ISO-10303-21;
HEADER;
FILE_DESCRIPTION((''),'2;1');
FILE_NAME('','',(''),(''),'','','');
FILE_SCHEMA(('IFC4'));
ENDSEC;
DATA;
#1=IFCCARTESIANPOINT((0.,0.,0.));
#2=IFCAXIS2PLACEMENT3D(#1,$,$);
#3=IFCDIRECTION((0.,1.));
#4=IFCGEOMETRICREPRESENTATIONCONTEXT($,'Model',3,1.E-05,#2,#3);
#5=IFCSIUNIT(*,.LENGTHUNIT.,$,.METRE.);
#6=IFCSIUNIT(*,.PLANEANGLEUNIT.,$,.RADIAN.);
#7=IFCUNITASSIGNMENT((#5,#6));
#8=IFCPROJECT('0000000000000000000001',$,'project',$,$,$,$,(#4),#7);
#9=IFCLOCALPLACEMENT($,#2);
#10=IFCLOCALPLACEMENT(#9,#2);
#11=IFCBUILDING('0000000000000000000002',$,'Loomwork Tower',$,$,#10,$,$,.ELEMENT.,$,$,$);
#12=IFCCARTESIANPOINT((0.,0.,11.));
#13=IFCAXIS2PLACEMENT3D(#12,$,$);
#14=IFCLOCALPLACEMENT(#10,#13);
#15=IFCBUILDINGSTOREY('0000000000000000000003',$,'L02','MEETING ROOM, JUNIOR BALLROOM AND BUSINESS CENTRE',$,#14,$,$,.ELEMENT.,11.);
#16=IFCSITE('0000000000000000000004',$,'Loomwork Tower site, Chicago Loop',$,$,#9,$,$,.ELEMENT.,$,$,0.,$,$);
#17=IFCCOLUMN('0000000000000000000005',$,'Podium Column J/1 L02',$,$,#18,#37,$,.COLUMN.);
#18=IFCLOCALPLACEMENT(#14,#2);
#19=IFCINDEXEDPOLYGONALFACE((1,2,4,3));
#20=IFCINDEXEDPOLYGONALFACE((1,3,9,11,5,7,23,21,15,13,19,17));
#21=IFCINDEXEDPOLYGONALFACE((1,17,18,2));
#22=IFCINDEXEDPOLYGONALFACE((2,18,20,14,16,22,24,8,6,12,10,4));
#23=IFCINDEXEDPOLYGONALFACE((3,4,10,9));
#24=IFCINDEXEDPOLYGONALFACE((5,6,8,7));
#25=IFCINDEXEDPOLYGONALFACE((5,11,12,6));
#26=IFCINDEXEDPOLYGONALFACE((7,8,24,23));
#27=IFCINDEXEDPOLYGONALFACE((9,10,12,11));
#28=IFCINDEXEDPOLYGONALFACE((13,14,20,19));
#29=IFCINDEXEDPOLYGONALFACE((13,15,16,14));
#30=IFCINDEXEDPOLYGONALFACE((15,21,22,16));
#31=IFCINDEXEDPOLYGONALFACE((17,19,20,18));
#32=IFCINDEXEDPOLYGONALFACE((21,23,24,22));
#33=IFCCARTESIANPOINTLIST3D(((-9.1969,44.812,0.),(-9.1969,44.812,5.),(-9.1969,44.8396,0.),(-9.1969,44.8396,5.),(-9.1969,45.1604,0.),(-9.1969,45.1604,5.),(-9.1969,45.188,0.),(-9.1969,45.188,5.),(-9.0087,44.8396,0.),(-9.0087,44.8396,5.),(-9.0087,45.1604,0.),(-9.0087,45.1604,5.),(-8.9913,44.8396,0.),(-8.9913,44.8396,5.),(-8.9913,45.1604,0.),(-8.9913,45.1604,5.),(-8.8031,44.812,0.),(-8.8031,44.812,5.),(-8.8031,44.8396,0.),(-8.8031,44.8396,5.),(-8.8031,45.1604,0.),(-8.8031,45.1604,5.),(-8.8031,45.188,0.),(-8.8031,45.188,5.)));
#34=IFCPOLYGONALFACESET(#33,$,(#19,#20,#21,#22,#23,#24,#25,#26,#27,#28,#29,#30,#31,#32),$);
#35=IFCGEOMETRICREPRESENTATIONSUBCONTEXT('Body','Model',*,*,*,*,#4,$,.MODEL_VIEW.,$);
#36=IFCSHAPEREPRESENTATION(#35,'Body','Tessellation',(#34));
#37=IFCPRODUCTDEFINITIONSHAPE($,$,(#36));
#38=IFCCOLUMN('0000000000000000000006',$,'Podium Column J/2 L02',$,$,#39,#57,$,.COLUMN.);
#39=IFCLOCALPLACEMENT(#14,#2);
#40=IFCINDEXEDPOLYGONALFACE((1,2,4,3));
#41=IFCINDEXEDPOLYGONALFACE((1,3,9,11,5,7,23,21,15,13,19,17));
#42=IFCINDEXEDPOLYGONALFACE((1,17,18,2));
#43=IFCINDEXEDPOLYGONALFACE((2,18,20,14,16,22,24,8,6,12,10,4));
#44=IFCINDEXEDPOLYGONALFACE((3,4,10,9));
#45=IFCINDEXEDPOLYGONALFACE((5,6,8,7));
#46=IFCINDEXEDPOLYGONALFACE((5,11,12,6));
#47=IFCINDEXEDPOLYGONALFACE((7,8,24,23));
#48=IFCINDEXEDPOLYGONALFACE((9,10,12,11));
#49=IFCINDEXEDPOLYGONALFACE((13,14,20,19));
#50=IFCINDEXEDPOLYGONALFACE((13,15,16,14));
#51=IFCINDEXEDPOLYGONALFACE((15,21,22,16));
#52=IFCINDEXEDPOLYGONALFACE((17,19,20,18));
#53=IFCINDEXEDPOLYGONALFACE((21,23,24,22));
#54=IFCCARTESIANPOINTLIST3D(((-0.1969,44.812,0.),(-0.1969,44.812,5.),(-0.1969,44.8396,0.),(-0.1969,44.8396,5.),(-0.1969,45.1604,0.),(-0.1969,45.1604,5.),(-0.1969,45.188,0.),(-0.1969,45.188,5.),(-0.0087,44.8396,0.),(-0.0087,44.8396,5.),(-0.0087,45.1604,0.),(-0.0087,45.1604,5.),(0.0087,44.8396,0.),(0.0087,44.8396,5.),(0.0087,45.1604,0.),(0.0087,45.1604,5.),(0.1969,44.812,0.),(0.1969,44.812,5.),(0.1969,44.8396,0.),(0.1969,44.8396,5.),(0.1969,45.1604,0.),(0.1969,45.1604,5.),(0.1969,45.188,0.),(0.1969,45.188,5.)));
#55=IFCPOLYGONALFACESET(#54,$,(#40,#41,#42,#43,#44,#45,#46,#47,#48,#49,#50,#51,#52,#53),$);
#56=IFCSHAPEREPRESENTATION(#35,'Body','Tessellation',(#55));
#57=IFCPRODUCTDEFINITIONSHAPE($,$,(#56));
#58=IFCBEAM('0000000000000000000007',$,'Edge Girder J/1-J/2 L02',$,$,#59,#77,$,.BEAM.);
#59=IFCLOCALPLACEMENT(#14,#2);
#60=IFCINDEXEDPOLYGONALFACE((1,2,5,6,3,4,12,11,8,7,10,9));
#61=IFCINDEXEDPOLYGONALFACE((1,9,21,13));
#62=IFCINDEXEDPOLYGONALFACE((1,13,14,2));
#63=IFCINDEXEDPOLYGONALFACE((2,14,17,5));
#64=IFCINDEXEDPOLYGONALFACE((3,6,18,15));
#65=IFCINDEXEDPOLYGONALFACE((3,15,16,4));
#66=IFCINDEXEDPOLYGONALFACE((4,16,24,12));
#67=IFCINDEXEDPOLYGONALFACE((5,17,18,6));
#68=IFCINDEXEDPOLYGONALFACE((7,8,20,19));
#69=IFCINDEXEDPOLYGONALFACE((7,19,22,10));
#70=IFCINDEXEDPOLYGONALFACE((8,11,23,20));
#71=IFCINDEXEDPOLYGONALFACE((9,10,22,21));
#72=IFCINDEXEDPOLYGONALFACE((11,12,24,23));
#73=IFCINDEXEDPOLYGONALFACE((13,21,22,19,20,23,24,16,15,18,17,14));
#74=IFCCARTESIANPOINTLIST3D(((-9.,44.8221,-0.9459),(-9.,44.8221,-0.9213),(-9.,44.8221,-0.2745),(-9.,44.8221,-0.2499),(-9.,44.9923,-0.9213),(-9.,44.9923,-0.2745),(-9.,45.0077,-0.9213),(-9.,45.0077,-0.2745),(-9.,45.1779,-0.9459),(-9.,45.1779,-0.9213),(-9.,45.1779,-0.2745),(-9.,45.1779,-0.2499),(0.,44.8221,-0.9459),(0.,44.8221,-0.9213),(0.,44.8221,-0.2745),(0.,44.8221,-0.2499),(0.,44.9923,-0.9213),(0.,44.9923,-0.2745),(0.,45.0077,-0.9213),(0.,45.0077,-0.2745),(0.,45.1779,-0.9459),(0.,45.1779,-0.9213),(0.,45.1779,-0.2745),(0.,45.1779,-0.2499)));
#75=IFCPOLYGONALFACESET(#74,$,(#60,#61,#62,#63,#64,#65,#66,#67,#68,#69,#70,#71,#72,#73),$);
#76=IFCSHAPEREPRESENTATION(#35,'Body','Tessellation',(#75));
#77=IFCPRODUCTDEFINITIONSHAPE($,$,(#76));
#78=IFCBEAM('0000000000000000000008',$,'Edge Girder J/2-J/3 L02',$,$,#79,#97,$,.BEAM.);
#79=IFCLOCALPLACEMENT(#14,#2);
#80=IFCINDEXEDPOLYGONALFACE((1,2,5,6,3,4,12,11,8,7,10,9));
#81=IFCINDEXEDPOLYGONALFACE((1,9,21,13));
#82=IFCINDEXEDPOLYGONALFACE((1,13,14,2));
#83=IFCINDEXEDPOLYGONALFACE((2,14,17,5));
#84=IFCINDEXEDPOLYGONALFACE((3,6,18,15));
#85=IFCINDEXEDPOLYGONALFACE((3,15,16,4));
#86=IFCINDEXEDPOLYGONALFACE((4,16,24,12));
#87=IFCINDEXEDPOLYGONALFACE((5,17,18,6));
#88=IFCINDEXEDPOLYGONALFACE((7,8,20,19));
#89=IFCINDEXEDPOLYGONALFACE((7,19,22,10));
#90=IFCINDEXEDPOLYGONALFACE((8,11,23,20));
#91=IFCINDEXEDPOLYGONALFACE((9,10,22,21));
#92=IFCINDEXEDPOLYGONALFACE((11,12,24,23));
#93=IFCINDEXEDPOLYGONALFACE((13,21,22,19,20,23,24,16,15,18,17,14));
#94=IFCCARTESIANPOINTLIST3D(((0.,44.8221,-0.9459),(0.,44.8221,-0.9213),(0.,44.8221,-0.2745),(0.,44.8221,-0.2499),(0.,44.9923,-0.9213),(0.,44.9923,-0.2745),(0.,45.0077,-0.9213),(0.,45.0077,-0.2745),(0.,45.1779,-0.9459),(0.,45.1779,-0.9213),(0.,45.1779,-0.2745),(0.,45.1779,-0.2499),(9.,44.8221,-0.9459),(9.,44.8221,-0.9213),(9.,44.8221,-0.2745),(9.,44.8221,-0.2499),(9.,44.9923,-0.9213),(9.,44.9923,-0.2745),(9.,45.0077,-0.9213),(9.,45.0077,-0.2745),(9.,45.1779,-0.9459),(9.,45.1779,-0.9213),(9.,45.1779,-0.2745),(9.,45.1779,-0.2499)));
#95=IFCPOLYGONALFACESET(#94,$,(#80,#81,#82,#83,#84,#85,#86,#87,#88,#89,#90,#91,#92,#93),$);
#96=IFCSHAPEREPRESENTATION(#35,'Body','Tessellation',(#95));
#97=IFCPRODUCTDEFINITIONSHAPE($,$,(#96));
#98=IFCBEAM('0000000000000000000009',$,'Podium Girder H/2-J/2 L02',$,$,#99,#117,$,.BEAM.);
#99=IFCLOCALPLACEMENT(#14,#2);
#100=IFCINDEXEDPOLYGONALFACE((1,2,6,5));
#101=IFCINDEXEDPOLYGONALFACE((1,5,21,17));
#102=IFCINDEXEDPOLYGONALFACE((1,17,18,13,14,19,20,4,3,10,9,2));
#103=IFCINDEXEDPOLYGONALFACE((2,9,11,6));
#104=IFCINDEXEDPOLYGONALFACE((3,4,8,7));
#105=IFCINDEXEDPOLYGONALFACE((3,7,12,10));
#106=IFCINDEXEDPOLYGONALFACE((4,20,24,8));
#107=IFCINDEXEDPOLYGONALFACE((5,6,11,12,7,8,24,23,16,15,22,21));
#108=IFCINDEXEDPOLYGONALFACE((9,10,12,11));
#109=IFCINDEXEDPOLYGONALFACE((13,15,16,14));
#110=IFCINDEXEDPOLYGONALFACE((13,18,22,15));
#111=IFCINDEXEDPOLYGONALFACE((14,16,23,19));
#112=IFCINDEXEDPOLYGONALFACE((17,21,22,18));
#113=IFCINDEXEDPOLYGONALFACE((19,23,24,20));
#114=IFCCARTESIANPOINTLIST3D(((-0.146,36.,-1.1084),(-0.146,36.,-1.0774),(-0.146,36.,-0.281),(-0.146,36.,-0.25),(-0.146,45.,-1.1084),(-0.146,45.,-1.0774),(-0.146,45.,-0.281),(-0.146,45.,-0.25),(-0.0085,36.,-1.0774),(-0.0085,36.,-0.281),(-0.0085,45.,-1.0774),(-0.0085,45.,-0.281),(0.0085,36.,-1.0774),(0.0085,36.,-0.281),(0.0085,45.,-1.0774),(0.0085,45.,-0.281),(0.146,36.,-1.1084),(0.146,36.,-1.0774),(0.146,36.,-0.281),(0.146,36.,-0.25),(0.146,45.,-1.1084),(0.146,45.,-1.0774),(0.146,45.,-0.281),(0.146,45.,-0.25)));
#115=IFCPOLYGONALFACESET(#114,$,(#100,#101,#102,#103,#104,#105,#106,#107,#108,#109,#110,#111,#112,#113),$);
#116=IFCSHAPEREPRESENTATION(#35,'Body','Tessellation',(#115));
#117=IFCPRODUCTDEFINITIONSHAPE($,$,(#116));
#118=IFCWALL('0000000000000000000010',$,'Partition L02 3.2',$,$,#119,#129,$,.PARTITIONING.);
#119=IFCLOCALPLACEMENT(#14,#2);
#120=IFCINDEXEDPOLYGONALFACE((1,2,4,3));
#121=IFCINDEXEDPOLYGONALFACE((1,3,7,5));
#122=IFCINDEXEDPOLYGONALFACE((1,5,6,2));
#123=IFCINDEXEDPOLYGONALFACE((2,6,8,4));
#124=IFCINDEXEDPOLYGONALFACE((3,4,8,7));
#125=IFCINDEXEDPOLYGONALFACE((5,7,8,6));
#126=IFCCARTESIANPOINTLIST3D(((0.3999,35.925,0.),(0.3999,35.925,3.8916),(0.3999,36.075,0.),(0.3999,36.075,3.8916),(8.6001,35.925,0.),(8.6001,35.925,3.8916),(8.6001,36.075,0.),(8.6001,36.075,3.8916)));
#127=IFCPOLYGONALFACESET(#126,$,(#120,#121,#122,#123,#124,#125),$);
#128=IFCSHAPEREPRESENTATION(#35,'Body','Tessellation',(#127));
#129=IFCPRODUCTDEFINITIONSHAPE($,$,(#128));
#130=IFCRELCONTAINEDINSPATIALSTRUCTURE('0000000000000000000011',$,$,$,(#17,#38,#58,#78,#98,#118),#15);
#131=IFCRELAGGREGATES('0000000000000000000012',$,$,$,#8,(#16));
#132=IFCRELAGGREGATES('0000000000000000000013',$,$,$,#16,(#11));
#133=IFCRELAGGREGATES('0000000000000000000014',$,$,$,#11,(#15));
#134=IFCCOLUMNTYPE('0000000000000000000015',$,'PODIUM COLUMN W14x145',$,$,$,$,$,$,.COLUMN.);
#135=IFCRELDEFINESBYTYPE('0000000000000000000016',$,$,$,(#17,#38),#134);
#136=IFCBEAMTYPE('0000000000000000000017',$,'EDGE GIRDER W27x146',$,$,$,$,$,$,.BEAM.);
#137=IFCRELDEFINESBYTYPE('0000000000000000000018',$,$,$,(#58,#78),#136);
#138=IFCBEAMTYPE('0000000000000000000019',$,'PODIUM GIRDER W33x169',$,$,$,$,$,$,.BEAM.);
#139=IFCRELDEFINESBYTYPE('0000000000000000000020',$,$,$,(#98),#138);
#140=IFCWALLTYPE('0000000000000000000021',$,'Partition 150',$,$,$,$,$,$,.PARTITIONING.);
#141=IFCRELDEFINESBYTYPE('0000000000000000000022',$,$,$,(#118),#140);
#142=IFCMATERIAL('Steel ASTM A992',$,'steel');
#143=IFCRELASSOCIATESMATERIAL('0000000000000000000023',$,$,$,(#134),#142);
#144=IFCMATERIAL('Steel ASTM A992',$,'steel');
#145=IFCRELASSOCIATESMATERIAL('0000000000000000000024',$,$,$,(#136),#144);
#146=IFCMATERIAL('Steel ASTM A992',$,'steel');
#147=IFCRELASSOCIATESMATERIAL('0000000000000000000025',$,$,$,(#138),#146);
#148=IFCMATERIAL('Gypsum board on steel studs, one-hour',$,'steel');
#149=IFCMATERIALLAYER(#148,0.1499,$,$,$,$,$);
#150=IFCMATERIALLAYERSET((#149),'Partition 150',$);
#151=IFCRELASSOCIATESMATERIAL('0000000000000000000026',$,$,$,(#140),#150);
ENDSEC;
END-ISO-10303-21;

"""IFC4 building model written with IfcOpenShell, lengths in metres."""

from ifc_helpers import new_model, si_unit, direction, frame, frame_2d, origin, origin_2d, place, context, subcontext, project, spatial, rectangle, i_section, extrude, material, layer, layer_set, material_profile, profile_set, type_object, element, save


model = new_model("IFC4")

# Units and contexts
model_context = context("Model", 3, precision=1e-05, world=origin(), true_north=direction((0.0, 1.0)))
body_context = subcontext(model_context, "Body", "Model", "MODEL_VIEW")
ifc_project = project(units=[si_unit("LENGTHUNIT", "METRE"), si_unit("PLANEANGLEUNIT", "RADIAN")], contexts=[model_context])

# Site, building, storey
site_placement = place(None, origin())
site = spatial("IfcSite", under=ifc_project, at=site_placement, Name="Loomwork Tower site, Chicago Loop", CompositionType="ELEMENT", RefElevation=0.0)
building_placement = place(site_placement, origin())
building = spatial("IfcBuilding", under=site, at=building_placement, Name="Loomwork Tower", CompositionType="ELEMENT")
storey_placement = place(building_placement, frame((0.0, 0.0, 11.0)))
storey = spatial("IfcBuildingStorey", under=building, at=storey_placement, Name="L02", Description="MEETING ROOM, JUNIOR BALLROOM AND BUSINESS CENTRE", CompositionType="ELEMENT", Elevation=11.0)

# Columns
ifc_material_1 = material(Name="Steel ASTM A992", Category="steel")
ifc_material_profile_1 = material_profile(ifc_material_1, i_section(OverallWidth=0.3938, OverallDepth=0.376, WebThickness=0.0173, FlangeThickness=0.0276, at=origin_2d()), Name="W14x145")
ifc_profile_set_1 = profile_set([ifc_material_profile_1], Name="Steel ASTM A992")
column_type = type_object("IfcColumnType", Name="PODIUM COLUMN W14x145", PredefinedType="COLUMN", material=ifc_profile_set_1)
for number, where, z_axis, x_axis, name in (
    (1, (-9.0, 45.0, 0.0), (0.0, 0.0, 1.0), (1.0, 0.0, 0.0), "Podium Column J/1 L02"),
    (2, (0.0, 45.0, 0.0), (0.0, 0.0, 1.0), (1.0, 0.0, 0.0), "Podium Column J/2 L02"),
):
    element("IfcColumn", number, at=place(storey_placement, frame(where, z_axis=z_axis, x_axis=x_axis)), inside=storey, type_object=column_type, Name=name, PredefinedType="COLUMN", context=body_context, shape_type="SweptSolid", body=[
        extrude(i_section(OverallWidth=0.3938, OverallDepth=0.376, WebThickness=0.0173, FlangeThickness=0.0276, at=origin_2d()), origin(), (0.0, 0.0, 1.0), 5.0),
    ])

# Beams
ifc_material_2 = material(Name="Steel ASTM A992", Category="steel")
ifc_material_profile_2 = material_profile(ifc_material_2, i_section(OverallWidth=0.3557, OverallDepth=0.696, WebThickness=0.0154, FlangeThickness=0.0247, at=origin_2d()), Name="W27x146")
ifc_profile_set_2 = profile_set([ifc_material_profile_2], Name="Steel ASTM A992")
beam_type_1 = type_object("IfcBeamType", Name="EDGE GIRDER W27x146", PredefinedType="BEAM", material=ifc_profile_set_2)
for number, where, z_axis, x_axis, name in (
    (3, (-9.0, 45.0, -0.5979), (1.0, 0.0, 0.0), (0.0, 1.0, 0.0), "Edge Girder J/1-J/2 L02"),
    (4, (0.0, 45.0, -0.5979), (1.0, 0.0, 0.0), (0.0, 1.0, 0.0), "Edge Girder J/2-J/3 L02"),
):
    element("IfcBeam", number, at=place(storey_placement, frame(where, z_axis=z_axis, x_axis=x_axis)), inside=storey, type_object=beam_type_1, Name=name, PredefinedType="BEAM", context=body_context, shape_type="SweptSolid", body=[
        extrude(i_section(OverallWidth=0.3557, OverallDepth=0.696, WebThickness=0.0154, FlangeThickness=0.0247, at=origin_2d()), origin(), (0.0, 0.0, 1.0), 9.0),
    ])
ifc_material_3 = material(Name="Steel ASTM A992", Category="steel")
ifc_material_profile_3 = material_profile(ifc_material_3, i_section(OverallWidth=0.292, OverallDepth=0.8584, WebThickness=0.0171, FlangeThickness=0.031, at=origin_2d()), Name="W33x169")
ifc_profile_set_3 = profile_set([ifc_material_profile_3], Name="Steel ASTM A992")
beam_type_2 = type_object("IfcBeamType", Name="PODIUM GIRDER W33x169", PredefinedType="BEAM", material=ifc_profile_set_3)
beam_placement = place(storey_placement, frame((0.0, 36.0, -0.6792), z_axis=(0.0, 1.0, 0.0), x_axis=(-1.0, 0.0, 0.0)))
element("IfcBeam", 5, at=beam_placement, inside=storey, type_object=beam_type_2, Name="Podium Girder H/2-J/2 L02", PredefinedType="BEAM", context=body_context, shape_type="SweptSolid", body=[
    extrude(i_section(OverallWidth=0.292, OverallDepth=0.8584, WebThickness=0.0171, FlangeThickness=0.031, at=origin_2d()), origin(), (0.0, 0.0, 1.0), 9.0),
])

# Wall
ifc_material_4 = material(Name="Gypsum board on steel studs, one-hour", Category="steel")
ifc_layer_1 = layer(ifc_material_4, 0.1499)
ifc_layer_set_1 = layer_set([ifc_layer_1], Name="Partition 150")
wall_type_1 = type_object("IfcWallType", Name="Partition 150", PredefinedType="PARTITIONING", material=ifc_layer_set_1)
wall_1_placement = place(storey_placement, frame((0.3999, 36.0, 0.0), z_axis=(0.0, 0.0, 1.0), x_axis=(1.0, 0.0, 0.0)))
element("IfcWall", 6, at=wall_1_placement, inside=storey, type_object=wall_type_1, Name="Partition L02 3.2", PredefinedType="PARTITIONING", context=body_context, shape_type="SweptSolid", body=[
    extrude(rectangle(XDim=8.2002, YDim=0.1499, at=frame_2d((4.1001, 0.0))), origin(), (0.0, 0.0, 1.0), 3.8916),
])

save(model, "model.ifc")
